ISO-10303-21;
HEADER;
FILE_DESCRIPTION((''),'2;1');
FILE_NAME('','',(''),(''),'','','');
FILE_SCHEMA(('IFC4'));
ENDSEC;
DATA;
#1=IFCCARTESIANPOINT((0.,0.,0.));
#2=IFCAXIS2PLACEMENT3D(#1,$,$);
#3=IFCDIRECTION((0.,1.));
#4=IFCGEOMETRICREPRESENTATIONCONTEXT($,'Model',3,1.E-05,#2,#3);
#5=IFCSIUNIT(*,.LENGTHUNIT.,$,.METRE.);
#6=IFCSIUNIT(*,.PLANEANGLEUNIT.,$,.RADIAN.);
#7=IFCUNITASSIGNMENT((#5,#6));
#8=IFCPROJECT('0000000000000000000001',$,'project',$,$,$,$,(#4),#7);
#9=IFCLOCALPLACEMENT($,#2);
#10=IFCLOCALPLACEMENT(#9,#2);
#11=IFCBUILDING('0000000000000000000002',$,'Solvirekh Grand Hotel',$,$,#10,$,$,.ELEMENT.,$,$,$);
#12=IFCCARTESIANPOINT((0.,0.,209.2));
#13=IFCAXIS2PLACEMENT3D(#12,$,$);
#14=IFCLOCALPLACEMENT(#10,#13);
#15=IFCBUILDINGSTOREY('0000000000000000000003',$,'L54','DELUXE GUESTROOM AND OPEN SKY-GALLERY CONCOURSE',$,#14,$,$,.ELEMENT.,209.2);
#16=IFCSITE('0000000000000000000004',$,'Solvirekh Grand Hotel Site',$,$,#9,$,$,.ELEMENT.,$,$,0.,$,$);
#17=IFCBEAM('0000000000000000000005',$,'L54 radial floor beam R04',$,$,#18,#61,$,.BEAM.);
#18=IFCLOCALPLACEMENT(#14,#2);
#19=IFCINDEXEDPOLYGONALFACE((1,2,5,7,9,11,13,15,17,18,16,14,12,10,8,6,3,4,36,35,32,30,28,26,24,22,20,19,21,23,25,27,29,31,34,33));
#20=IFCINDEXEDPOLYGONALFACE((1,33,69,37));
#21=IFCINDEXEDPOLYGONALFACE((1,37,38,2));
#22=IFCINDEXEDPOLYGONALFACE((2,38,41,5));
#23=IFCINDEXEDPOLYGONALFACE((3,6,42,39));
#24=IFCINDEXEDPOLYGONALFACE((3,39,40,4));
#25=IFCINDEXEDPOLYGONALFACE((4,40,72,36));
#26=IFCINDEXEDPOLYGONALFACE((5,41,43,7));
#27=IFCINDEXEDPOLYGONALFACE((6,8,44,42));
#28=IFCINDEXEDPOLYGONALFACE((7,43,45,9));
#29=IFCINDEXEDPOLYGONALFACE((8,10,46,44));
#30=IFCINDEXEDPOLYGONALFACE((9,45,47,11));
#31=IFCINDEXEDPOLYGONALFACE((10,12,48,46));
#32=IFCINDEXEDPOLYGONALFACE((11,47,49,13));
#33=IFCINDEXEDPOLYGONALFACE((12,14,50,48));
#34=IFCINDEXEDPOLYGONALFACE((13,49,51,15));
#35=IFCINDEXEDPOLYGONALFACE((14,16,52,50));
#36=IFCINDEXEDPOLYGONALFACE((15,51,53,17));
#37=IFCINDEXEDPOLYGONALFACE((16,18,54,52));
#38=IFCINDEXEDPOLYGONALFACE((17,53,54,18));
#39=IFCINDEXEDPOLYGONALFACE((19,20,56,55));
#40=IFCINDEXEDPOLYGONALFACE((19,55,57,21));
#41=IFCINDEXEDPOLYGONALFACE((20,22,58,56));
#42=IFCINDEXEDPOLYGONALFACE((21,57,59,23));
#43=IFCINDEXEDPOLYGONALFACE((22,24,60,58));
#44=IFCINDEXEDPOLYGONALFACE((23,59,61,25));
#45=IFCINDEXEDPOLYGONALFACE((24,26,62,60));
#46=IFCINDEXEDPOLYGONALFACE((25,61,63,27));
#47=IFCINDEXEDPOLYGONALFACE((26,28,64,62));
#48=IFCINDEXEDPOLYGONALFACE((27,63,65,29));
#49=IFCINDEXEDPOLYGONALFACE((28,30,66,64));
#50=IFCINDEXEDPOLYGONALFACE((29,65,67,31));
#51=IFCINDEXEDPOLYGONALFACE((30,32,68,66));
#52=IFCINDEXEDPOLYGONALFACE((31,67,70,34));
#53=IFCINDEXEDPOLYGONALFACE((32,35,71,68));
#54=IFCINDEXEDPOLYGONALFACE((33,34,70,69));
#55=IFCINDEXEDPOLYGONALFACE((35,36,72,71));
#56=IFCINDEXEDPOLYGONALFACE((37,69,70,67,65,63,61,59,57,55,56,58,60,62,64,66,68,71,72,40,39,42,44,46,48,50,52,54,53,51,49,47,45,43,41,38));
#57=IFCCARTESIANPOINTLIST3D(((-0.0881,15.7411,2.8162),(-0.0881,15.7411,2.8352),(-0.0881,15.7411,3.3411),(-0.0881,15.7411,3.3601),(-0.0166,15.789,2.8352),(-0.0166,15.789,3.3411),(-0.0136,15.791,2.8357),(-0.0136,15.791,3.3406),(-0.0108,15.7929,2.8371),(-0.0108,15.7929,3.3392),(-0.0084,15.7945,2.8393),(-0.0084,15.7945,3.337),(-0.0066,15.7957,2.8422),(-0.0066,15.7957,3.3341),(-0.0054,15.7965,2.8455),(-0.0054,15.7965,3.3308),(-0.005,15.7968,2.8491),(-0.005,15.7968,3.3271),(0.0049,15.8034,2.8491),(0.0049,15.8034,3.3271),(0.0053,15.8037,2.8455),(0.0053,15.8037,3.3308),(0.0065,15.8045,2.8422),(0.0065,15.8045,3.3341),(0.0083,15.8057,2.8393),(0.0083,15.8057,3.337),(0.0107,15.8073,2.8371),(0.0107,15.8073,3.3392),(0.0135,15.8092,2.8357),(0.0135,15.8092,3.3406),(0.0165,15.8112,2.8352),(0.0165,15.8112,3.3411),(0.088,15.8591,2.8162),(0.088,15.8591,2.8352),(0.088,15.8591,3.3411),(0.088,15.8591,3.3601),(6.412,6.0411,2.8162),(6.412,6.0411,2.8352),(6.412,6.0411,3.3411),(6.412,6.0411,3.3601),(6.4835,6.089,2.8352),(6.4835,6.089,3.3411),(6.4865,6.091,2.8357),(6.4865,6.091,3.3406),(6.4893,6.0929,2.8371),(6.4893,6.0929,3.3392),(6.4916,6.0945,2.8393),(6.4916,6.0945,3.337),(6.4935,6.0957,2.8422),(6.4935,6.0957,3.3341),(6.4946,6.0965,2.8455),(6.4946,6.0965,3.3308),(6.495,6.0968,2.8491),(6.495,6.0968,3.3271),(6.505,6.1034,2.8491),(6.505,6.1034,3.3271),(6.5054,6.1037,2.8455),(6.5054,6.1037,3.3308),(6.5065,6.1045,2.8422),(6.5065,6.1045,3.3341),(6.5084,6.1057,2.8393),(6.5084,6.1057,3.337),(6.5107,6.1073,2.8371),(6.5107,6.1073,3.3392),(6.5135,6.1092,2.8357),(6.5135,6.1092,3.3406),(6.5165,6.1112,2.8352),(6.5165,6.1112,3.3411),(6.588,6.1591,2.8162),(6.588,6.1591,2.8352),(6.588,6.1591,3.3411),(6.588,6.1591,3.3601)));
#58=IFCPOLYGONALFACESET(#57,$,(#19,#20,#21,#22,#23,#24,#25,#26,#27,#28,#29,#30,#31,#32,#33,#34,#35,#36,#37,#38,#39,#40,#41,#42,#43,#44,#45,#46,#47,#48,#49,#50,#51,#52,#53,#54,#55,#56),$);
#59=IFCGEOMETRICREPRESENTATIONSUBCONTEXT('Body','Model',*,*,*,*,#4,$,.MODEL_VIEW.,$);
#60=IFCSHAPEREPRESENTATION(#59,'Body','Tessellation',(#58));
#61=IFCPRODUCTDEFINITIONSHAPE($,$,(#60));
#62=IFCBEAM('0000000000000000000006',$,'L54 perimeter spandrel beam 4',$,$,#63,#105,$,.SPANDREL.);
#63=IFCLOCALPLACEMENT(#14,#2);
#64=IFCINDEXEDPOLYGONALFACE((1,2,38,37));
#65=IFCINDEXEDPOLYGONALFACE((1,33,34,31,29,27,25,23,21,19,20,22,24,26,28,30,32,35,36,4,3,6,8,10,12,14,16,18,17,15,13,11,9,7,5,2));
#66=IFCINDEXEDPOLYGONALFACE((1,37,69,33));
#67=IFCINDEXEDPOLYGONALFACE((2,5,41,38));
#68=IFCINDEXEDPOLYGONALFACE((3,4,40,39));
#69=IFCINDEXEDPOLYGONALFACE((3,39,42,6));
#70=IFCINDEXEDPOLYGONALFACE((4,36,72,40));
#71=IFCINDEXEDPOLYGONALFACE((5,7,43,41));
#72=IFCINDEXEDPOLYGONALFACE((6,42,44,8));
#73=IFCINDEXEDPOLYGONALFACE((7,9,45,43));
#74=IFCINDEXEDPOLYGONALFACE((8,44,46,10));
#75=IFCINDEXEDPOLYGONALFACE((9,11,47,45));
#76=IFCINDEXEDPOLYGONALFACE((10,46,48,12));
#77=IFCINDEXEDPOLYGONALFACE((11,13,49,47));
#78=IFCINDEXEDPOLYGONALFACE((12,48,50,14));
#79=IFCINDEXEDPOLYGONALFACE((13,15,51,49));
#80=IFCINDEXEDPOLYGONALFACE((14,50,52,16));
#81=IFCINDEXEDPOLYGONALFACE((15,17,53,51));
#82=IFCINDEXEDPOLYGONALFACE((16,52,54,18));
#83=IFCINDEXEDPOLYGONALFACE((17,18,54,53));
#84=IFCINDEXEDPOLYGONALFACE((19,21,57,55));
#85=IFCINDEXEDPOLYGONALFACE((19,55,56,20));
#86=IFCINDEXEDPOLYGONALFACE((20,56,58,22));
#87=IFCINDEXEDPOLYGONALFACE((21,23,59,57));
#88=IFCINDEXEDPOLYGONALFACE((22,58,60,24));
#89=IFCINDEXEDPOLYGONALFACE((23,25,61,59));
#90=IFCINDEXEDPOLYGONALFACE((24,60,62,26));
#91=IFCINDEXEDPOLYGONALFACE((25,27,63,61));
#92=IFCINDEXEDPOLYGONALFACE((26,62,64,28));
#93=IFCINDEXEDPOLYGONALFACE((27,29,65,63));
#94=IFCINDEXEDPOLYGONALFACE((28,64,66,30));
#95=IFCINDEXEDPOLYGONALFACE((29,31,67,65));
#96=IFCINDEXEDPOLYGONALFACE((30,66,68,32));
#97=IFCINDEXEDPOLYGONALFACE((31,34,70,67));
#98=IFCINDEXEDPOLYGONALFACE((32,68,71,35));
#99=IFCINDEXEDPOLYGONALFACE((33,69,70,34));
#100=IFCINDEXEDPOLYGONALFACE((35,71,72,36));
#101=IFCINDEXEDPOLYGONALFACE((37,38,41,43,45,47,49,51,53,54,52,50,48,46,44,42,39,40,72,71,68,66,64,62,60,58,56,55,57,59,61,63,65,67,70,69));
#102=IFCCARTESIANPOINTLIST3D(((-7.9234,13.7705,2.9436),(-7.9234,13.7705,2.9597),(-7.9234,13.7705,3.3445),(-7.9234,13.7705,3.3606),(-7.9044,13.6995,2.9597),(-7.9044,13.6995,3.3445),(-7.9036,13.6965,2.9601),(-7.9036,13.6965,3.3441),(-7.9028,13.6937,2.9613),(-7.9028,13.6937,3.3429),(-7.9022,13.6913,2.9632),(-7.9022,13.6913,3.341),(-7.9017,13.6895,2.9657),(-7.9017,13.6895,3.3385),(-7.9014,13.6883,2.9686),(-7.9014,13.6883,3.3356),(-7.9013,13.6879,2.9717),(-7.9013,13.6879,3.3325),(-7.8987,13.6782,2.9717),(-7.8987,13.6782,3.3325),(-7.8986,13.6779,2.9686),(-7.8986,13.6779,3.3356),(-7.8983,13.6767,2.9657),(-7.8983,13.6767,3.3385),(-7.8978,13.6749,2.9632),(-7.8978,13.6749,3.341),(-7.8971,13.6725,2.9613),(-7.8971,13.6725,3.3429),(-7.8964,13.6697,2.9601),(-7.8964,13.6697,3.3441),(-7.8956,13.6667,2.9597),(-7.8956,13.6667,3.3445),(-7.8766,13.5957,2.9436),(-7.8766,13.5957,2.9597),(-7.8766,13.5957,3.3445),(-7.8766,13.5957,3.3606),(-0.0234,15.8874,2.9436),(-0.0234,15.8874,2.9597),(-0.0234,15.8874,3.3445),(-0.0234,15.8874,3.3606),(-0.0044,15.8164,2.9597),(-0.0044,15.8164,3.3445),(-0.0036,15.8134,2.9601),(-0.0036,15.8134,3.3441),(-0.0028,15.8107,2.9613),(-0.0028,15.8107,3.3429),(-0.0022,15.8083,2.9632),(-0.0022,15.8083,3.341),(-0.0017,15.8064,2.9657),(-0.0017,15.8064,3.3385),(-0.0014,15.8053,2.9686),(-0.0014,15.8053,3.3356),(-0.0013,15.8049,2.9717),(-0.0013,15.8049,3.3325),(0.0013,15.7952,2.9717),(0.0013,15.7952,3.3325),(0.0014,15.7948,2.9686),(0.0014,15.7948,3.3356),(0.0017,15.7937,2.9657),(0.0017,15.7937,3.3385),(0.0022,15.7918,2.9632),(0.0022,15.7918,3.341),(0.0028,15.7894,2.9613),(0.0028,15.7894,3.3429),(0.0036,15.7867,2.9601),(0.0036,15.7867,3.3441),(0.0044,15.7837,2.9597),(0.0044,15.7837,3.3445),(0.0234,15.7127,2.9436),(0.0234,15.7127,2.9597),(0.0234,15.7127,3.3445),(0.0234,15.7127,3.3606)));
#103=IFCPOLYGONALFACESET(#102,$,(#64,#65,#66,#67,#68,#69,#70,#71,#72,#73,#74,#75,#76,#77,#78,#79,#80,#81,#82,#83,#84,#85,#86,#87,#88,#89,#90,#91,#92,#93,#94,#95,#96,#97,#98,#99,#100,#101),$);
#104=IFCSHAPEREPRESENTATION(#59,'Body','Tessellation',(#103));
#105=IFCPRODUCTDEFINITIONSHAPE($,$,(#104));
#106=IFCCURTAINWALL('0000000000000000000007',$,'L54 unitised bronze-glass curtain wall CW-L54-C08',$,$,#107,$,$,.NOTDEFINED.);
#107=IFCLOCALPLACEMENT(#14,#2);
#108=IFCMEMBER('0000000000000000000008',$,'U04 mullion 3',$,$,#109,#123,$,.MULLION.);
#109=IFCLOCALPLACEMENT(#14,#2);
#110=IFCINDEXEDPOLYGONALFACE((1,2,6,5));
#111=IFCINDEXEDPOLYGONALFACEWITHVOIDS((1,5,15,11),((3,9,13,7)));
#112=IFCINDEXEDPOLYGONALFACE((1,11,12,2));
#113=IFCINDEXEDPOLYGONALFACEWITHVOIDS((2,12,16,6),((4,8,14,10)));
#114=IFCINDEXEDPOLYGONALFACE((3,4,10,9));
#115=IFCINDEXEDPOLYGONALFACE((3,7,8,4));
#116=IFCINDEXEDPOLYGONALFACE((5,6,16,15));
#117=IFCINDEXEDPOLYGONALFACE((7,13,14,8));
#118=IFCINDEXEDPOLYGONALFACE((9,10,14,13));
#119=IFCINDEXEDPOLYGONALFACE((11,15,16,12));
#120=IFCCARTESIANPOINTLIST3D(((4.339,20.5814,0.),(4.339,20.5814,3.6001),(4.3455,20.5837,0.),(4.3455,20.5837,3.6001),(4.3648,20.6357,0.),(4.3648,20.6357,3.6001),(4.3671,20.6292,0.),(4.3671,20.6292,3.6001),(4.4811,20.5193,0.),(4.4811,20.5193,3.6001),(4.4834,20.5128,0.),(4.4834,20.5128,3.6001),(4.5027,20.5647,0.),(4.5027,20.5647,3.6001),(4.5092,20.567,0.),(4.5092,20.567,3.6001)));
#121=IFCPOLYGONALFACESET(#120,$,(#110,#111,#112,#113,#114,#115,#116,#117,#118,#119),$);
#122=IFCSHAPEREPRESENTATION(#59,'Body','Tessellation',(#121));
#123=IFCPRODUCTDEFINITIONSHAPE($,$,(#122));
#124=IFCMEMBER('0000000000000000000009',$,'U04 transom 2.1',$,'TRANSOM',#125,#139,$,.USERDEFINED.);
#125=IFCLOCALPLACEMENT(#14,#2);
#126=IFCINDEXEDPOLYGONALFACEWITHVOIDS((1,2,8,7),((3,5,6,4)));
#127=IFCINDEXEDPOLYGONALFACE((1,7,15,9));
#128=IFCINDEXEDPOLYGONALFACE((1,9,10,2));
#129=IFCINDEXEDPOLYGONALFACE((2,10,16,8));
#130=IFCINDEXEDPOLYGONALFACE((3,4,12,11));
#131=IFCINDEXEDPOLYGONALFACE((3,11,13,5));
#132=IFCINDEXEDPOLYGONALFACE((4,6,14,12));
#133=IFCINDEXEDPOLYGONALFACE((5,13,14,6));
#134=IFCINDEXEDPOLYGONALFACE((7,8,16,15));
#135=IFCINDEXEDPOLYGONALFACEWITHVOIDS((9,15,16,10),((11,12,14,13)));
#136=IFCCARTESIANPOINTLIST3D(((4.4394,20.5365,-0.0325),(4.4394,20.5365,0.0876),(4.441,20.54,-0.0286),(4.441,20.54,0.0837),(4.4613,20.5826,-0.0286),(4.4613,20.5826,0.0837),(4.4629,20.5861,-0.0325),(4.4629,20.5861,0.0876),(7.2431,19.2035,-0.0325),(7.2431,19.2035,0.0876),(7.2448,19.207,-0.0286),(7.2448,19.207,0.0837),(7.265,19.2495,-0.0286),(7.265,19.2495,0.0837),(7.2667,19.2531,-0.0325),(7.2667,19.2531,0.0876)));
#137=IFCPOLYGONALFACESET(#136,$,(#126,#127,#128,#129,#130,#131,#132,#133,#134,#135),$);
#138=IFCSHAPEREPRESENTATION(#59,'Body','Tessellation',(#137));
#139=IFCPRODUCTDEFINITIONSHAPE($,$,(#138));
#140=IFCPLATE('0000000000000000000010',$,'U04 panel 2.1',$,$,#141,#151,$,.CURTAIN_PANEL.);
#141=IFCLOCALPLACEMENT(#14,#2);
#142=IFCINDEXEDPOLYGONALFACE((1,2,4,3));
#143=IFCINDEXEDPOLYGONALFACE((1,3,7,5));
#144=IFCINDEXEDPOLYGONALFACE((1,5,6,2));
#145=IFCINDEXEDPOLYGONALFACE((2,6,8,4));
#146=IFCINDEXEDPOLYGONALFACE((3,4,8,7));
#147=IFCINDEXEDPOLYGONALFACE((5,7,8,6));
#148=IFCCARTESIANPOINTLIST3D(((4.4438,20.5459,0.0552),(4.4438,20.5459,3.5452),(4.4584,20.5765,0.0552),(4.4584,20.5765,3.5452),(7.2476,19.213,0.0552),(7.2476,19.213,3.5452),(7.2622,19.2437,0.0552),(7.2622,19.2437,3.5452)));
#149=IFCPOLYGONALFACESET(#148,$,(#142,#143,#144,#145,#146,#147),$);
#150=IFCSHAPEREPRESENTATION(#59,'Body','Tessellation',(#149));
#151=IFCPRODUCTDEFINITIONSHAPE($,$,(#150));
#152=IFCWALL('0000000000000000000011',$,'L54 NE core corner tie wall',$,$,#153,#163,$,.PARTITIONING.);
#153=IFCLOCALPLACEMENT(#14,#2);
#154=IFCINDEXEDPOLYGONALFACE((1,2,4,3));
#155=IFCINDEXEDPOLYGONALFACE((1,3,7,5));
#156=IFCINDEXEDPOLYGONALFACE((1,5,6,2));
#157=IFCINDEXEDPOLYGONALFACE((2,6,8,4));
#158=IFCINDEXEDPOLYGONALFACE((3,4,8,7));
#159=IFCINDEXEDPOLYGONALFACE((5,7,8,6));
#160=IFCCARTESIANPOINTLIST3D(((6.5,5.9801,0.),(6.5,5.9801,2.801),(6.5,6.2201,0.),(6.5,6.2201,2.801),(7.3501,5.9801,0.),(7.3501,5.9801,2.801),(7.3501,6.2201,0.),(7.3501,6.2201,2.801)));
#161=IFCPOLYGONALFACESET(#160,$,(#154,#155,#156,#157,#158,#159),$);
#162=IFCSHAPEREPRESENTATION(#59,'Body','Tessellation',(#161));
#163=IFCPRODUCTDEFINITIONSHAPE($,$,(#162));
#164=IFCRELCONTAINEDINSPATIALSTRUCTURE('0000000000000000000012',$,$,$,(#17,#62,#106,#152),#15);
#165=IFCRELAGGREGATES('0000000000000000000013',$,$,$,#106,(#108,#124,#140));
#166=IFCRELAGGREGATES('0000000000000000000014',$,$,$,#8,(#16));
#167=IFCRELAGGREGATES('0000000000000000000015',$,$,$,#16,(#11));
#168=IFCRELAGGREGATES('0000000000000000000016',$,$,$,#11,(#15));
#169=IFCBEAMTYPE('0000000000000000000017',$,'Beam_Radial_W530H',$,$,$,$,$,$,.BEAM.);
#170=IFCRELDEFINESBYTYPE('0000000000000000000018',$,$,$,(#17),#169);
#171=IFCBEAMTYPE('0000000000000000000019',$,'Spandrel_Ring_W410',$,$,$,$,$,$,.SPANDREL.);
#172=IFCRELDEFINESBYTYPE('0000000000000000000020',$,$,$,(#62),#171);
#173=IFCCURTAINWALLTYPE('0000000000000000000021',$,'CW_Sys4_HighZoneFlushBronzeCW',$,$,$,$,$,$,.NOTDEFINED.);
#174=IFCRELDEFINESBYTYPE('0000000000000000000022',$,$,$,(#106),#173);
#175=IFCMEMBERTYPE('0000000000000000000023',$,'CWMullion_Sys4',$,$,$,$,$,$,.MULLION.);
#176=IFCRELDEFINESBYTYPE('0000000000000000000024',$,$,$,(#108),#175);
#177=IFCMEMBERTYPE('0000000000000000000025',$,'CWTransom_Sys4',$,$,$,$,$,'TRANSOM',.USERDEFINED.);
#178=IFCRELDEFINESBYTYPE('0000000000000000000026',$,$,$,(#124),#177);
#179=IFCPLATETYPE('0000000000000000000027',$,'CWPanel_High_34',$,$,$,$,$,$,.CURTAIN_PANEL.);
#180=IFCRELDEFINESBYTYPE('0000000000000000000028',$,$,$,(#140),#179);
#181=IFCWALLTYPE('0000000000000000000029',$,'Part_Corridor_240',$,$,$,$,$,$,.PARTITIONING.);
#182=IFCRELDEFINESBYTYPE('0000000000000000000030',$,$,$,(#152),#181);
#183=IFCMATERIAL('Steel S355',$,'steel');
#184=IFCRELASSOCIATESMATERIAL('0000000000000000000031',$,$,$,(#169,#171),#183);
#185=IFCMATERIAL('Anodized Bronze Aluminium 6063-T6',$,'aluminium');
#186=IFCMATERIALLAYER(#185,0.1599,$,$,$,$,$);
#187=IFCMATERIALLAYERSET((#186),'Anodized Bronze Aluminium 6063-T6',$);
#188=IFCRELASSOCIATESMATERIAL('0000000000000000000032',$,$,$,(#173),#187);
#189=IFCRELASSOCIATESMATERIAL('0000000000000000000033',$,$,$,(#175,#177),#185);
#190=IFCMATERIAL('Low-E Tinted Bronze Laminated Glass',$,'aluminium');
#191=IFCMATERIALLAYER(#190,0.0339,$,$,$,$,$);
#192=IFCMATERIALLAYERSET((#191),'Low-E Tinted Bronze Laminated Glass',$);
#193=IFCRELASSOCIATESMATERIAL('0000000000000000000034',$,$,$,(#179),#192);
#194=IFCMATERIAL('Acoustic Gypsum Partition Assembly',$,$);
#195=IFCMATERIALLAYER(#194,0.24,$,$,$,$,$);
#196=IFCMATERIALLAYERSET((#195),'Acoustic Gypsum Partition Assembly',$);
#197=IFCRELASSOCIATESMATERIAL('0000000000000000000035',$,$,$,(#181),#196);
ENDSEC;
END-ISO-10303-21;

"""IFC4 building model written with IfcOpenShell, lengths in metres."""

from ifc_helpers import new_model, si_unit, direction, frame, frame_2d, origin, origin_2d, place, context, subcontext, project, spatial, rectangle, hollow_rectangle, i_section, extrude, source, transform, mapped, material, layer, layer_set, material_profile, profile_set, type_object, element, aggregate, save


model = new_model("IFC4")

# Units and contexts
model_context = context("Model", 3, precision=1e-05, world=origin(), true_north=direction((0.0, 1.0)))
body_context = subcontext(model_context, "Body", "Model", "MODEL_VIEW")
ifc_project = project(units=[si_unit("LENGTHUNIT", "METRE"), si_unit("PLANEANGLEUNIT", "RADIAN")], contexts=[model_context])

# Site, building, storey
site_placement = place(None, origin())
site = spatial("IfcSite", under=ifc_project, at=site_placement, Name="Solvirekh Grand Hotel Site", CompositionType="ELEMENT", RefElevation=0.0)
building_placement = place(site_placement, origin())
building = spatial("IfcBuilding", under=site, at=building_placement, Name="Solvirekh Grand Hotel", CompositionType="ELEMENT")
storey_placement = place(building_placement, frame((0.0, 0.0, 209.2)))
storey = spatial("IfcBuildingStorey", under=building, at=storey_placement, Name="L54", Description="DELUXE GUESTROOM AND OPEN SKY-GALLERY CONCOURSE", CompositionType="ELEMENT", Elevation=209.2)

# Beams
ifc_material_1 = material(Name="Steel S355", Category="steel")
ifc_material_profile_1 = material_profile(ifc_material_1, i_section(OverallWidth=0.2119, OverallDepth=0.5439, WebThickness=0.012, FlangeThickness=0.019, FilletRadius=0.0139, at=origin_2d()), Name="W530X123")
ifc_profile_set_1 = profile_set([ifc_material_profile_1], Name="Steel S355")
beam_type_1 = type_object("IfcBeamType", Name="Beam_Radial_W530H", PredefinedType="BEAM", material=ifc_profile_set_1)
beam_1_placement = place(storey_placement, frame((6.5, 6.1001, 3.0881), z_axis=(-0.556677, 0.830729, 0.0), x_axis=(-0.830729, -0.556677, 0.0)))
element("IfcBeam", 1, at=beam_1_placement, inside=storey, type_object=beam_type_1, Name="L54 radial floor beam R04", PredefinedType="BEAM", context=body_context, shape_type="SweptSolid", body=[
    extrude(i_section(OverallWidth=0.2119, OverallDepth=0.5439, WebThickness=0.012, FlangeThickness=0.019, FilletRadius=0.0139, at=origin_2d()), origin(), (0.0, 0.0, 1.0), 11.6765),
])
ifc_material_profile_2 = material_profile(ifc_material_1, i_section(OverallWidth=0.1809, OverallDepth=0.417, WebThickness=0.01, FlangeThickness=0.0161, FilletRadius=0.012, at=origin_2d()), Name="W410X85")
ifc_profile_set_2 = profile_set([ifc_material_profile_2], Name="Steel S355")
beam_type_2 = type_object("IfcBeamType", Name="Spandrel_Ring_W410", PredefinedType="SPANDREL", material=ifc_profile_set_2)
beam_2_placement = place(storey_placement, frame((0.0, 15.8, 3.1521), z_axis=(-0.965921, -0.258839, 0.0), x_axis=(0.258839, -0.965921, 0.0)))
element("IfcBeam", 2, at=beam_2_placement, inside=storey, type_object=beam_type_2, Name="L54 perimeter spandrel beam 4", PredefinedType="SPANDREL", context=body_context, shape_type="SweptSolid", body=[
    extrude(i_section(OverallWidth=0.1809, OverallDepth=0.417, WebThickness=0.01, FlangeThickness=0.0161, FilletRadius=0.012, at=origin_2d()), origin(), (0.0, 0.0, 1.0), 8.1787),
])

# Curtain wall, members, plate
ifc_material_2 = material(Name="Anodized Bronze Aluminium 6063-T6", Category="aluminium")
ifc_layer_1 = layer(ifc_material_2, 0.1599)
ifc_layer_set_1 = layer_set([ifc_layer_1], Name="Anodized Bronze Aluminium 6063-T6")
curtain_wall_type = type_object("IfcCurtainWallType", Name="CW_Sys4_HighZoneFlushBronzeCW", PredefinedType="NOTDEFINED", material=ifc_layer_set_1)
curtain_wall_placement = place(storey_placement, origin())
curtain_wall = element("IfcCurtainWall", 3, at=curtain_wall_placement, inside=storey, type_object=curtain_wall_type, Name="L54 unitised bronze-glass curtain wall CW-L54-C08", PredefinedType="NOTDEFINED")
ifc_material_profile_3 = material_profile(ifc_material_2, hollow_rectangle(XDim=0.0601, YDim=0.1599, WallThickness=0.0049, at=origin_2d()), Name="ALU RHS 160X60X5")
ifc_profile_set_3 = profile_set([ifc_material_profile_3], Name="Anodized Bronze Aluminium 6063-T6")
member_type_1 = type_object("IfcMemberType", Name="CWMullion_Sys4", PredefinedType="MULLION", material=ifc_profile_set_3)
shared_shape_1 = source(origin(), body_context, "Body", "SweptSolid", [
    extrude(hollow_rectangle(XDim=0.0601, YDim=0.1599, WallThickness=0.0049, at=origin_2d()), origin(), (0.0, 0.0, 1.0), 3.6001),
])
member_1_placement = place(storey_placement, frame((4.4241, 20.5742, 0.0), z_axis=(0.0, 0.0, 1.0), x_axis=(-0.429344, -0.903141, 0.0)))
member_1 = element("IfcMember", 4, at=member_1_placement, type_object=member_type_1, Name="U04 mullion 3", PredefinedType="MULLION", context=body_context, shape_type="MappedRepresentation", body=[
    mapped(shared_shape_1, transform((0.0, 0.0, 0.0), x_axis=(1.0, 0.0, 0.0), y_axis=(0.0, 1.0, 0.0), z_axis=(0.0, 0.0, 1.0), scale=1.0)),
])
ifc_material_profile_4 = material_profile(ifc_material_2, hollow_rectangle(XDim=0.0549, YDim=0.1201, WallThickness=0.0039, at=origin_2d()), Name="ALU RHS 120X55X4")
ifc_profile_set_4 = profile_set([ifc_material_profile_4], Name="Anodized Bronze Aluminium 6063-T6")
member_type_2 = type_object("IfcMemberType", Name="CWTransom_Sys4", ElementType="TRANSOM", PredefinedType="USERDEFINED", material=ifc_profile_set_4)
shared_shape_2 = source(origin(), body_context, "Body", "SweptSolid", [
    extrude(hollow_rectangle(XDim=0.0549, YDim=0.1201, WallThickness=0.0039, at=origin_2d()), origin(), (0.0, 0.0, 1.0), 3.1045),
])
member_2_placement = place(storey_placement, frame((7.2549, 19.2283, 0.0276), z_axis=(-0.903122, 0.429384, 0.0), x_axis=(-0.429384, -0.903122, 0.0)))
member_2 = element("IfcMember", 5, at=member_2_placement, type_object=member_type_2, Name="U04 transom 2.1", ObjectType="TRANSOM", PredefinedType="USERDEFINED", context=body_context, shape_type="MappedRepresentation", body=[
    mapped(shared_shape_2, transform((0.0, 0.0, 0.0), x_axis=(1.0, 0.0, 0.0), y_axis=(0.0, 1.0, 0.0), z_axis=(0.0, 0.0, 1.0), scale=1.0)),
])
ifc_material_3 = material(Name="Low-E Tinted Bronze Laminated Glass", Category="aluminium")
ifc_layer_2 = layer(ifc_material_3, 0.0339)
ifc_layer_set_2 = layer_set([ifc_layer_2], Name="Low-E Tinted Bronze Laminated Glass")
plate_type = type_object("IfcPlateType", Name="CWPanel_High_34", PredefinedType="CURTAIN_PANEL", material=ifc_layer_set_2)
shared_shape_3 = source(origin(), body_context, "Body", "SweptSolid", [
    extrude(rectangle(XDim=3.1045, YDim=0.0339, at=origin_2d()), origin(), (0.0, 0.0, 1.0), 3.49),
])
plate_placement = place(storey_placement, frame((5.853, 19.8948, 0.0552), z_axis=(0.0, 0.0, 1.0), x_axis=(-0.903141, 0.429344, 0.0)))
plate = element("IfcPlate", 6, at=plate_placement, type_object=plate_type, Name="U04 panel 2.1", PredefinedType="CURTAIN_PANEL", context=body_context, shape_type="MappedRepresentation", body=[
    mapped(shared_shape_3, transform((0.0, 0.0, 0.0), x_axis=(1.0, 0.0, 0.0), y_axis=(0.0, 1.0, 0.0), z_axis=(0.0, 0.0, 1.0), scale=1.0)),
])
aggregate(curtain_wall, [member_1, member_2, plate])

# Wall
ifc_material_4 = material(Name="Acoustic Gypsum Partition Assembly")
ifc_layer_3 = layer(ifc_material_4, 0.24)
ifc_layer_set_3 = layer_set([ifc_layer_3], Name="Acoustic Gypsum Partition Assembly")
wall_type_1 = type_object("IfcWallType", Name="Part_Corridor_240", PredefinedType="PARTITIONING", material=ifc_layer_set_3)
wall_1_placement = place(storey_placement, frame((6.5, 6.1001, 0.0), z_axis=(0.0, 0.0, 1.0), x_axis=(1.0, 0.0, 0.0)))
element("IfcWall", 7, at=wall_1_placement, inside=storey, type_object=wall_type_1, Name="L54 NE core corner tie wall", PredefinedType="PARTITIONING", context=body_context, shape_type="SweptSolid", body=[
    extrude(rectangle(XDim=0.8501, YDim=0.24, at=frame_2d((0.425, 0.0))), origin(), (0.0, 0.0, 1.0), 2.801),
])

save(model, "model.ifc")
